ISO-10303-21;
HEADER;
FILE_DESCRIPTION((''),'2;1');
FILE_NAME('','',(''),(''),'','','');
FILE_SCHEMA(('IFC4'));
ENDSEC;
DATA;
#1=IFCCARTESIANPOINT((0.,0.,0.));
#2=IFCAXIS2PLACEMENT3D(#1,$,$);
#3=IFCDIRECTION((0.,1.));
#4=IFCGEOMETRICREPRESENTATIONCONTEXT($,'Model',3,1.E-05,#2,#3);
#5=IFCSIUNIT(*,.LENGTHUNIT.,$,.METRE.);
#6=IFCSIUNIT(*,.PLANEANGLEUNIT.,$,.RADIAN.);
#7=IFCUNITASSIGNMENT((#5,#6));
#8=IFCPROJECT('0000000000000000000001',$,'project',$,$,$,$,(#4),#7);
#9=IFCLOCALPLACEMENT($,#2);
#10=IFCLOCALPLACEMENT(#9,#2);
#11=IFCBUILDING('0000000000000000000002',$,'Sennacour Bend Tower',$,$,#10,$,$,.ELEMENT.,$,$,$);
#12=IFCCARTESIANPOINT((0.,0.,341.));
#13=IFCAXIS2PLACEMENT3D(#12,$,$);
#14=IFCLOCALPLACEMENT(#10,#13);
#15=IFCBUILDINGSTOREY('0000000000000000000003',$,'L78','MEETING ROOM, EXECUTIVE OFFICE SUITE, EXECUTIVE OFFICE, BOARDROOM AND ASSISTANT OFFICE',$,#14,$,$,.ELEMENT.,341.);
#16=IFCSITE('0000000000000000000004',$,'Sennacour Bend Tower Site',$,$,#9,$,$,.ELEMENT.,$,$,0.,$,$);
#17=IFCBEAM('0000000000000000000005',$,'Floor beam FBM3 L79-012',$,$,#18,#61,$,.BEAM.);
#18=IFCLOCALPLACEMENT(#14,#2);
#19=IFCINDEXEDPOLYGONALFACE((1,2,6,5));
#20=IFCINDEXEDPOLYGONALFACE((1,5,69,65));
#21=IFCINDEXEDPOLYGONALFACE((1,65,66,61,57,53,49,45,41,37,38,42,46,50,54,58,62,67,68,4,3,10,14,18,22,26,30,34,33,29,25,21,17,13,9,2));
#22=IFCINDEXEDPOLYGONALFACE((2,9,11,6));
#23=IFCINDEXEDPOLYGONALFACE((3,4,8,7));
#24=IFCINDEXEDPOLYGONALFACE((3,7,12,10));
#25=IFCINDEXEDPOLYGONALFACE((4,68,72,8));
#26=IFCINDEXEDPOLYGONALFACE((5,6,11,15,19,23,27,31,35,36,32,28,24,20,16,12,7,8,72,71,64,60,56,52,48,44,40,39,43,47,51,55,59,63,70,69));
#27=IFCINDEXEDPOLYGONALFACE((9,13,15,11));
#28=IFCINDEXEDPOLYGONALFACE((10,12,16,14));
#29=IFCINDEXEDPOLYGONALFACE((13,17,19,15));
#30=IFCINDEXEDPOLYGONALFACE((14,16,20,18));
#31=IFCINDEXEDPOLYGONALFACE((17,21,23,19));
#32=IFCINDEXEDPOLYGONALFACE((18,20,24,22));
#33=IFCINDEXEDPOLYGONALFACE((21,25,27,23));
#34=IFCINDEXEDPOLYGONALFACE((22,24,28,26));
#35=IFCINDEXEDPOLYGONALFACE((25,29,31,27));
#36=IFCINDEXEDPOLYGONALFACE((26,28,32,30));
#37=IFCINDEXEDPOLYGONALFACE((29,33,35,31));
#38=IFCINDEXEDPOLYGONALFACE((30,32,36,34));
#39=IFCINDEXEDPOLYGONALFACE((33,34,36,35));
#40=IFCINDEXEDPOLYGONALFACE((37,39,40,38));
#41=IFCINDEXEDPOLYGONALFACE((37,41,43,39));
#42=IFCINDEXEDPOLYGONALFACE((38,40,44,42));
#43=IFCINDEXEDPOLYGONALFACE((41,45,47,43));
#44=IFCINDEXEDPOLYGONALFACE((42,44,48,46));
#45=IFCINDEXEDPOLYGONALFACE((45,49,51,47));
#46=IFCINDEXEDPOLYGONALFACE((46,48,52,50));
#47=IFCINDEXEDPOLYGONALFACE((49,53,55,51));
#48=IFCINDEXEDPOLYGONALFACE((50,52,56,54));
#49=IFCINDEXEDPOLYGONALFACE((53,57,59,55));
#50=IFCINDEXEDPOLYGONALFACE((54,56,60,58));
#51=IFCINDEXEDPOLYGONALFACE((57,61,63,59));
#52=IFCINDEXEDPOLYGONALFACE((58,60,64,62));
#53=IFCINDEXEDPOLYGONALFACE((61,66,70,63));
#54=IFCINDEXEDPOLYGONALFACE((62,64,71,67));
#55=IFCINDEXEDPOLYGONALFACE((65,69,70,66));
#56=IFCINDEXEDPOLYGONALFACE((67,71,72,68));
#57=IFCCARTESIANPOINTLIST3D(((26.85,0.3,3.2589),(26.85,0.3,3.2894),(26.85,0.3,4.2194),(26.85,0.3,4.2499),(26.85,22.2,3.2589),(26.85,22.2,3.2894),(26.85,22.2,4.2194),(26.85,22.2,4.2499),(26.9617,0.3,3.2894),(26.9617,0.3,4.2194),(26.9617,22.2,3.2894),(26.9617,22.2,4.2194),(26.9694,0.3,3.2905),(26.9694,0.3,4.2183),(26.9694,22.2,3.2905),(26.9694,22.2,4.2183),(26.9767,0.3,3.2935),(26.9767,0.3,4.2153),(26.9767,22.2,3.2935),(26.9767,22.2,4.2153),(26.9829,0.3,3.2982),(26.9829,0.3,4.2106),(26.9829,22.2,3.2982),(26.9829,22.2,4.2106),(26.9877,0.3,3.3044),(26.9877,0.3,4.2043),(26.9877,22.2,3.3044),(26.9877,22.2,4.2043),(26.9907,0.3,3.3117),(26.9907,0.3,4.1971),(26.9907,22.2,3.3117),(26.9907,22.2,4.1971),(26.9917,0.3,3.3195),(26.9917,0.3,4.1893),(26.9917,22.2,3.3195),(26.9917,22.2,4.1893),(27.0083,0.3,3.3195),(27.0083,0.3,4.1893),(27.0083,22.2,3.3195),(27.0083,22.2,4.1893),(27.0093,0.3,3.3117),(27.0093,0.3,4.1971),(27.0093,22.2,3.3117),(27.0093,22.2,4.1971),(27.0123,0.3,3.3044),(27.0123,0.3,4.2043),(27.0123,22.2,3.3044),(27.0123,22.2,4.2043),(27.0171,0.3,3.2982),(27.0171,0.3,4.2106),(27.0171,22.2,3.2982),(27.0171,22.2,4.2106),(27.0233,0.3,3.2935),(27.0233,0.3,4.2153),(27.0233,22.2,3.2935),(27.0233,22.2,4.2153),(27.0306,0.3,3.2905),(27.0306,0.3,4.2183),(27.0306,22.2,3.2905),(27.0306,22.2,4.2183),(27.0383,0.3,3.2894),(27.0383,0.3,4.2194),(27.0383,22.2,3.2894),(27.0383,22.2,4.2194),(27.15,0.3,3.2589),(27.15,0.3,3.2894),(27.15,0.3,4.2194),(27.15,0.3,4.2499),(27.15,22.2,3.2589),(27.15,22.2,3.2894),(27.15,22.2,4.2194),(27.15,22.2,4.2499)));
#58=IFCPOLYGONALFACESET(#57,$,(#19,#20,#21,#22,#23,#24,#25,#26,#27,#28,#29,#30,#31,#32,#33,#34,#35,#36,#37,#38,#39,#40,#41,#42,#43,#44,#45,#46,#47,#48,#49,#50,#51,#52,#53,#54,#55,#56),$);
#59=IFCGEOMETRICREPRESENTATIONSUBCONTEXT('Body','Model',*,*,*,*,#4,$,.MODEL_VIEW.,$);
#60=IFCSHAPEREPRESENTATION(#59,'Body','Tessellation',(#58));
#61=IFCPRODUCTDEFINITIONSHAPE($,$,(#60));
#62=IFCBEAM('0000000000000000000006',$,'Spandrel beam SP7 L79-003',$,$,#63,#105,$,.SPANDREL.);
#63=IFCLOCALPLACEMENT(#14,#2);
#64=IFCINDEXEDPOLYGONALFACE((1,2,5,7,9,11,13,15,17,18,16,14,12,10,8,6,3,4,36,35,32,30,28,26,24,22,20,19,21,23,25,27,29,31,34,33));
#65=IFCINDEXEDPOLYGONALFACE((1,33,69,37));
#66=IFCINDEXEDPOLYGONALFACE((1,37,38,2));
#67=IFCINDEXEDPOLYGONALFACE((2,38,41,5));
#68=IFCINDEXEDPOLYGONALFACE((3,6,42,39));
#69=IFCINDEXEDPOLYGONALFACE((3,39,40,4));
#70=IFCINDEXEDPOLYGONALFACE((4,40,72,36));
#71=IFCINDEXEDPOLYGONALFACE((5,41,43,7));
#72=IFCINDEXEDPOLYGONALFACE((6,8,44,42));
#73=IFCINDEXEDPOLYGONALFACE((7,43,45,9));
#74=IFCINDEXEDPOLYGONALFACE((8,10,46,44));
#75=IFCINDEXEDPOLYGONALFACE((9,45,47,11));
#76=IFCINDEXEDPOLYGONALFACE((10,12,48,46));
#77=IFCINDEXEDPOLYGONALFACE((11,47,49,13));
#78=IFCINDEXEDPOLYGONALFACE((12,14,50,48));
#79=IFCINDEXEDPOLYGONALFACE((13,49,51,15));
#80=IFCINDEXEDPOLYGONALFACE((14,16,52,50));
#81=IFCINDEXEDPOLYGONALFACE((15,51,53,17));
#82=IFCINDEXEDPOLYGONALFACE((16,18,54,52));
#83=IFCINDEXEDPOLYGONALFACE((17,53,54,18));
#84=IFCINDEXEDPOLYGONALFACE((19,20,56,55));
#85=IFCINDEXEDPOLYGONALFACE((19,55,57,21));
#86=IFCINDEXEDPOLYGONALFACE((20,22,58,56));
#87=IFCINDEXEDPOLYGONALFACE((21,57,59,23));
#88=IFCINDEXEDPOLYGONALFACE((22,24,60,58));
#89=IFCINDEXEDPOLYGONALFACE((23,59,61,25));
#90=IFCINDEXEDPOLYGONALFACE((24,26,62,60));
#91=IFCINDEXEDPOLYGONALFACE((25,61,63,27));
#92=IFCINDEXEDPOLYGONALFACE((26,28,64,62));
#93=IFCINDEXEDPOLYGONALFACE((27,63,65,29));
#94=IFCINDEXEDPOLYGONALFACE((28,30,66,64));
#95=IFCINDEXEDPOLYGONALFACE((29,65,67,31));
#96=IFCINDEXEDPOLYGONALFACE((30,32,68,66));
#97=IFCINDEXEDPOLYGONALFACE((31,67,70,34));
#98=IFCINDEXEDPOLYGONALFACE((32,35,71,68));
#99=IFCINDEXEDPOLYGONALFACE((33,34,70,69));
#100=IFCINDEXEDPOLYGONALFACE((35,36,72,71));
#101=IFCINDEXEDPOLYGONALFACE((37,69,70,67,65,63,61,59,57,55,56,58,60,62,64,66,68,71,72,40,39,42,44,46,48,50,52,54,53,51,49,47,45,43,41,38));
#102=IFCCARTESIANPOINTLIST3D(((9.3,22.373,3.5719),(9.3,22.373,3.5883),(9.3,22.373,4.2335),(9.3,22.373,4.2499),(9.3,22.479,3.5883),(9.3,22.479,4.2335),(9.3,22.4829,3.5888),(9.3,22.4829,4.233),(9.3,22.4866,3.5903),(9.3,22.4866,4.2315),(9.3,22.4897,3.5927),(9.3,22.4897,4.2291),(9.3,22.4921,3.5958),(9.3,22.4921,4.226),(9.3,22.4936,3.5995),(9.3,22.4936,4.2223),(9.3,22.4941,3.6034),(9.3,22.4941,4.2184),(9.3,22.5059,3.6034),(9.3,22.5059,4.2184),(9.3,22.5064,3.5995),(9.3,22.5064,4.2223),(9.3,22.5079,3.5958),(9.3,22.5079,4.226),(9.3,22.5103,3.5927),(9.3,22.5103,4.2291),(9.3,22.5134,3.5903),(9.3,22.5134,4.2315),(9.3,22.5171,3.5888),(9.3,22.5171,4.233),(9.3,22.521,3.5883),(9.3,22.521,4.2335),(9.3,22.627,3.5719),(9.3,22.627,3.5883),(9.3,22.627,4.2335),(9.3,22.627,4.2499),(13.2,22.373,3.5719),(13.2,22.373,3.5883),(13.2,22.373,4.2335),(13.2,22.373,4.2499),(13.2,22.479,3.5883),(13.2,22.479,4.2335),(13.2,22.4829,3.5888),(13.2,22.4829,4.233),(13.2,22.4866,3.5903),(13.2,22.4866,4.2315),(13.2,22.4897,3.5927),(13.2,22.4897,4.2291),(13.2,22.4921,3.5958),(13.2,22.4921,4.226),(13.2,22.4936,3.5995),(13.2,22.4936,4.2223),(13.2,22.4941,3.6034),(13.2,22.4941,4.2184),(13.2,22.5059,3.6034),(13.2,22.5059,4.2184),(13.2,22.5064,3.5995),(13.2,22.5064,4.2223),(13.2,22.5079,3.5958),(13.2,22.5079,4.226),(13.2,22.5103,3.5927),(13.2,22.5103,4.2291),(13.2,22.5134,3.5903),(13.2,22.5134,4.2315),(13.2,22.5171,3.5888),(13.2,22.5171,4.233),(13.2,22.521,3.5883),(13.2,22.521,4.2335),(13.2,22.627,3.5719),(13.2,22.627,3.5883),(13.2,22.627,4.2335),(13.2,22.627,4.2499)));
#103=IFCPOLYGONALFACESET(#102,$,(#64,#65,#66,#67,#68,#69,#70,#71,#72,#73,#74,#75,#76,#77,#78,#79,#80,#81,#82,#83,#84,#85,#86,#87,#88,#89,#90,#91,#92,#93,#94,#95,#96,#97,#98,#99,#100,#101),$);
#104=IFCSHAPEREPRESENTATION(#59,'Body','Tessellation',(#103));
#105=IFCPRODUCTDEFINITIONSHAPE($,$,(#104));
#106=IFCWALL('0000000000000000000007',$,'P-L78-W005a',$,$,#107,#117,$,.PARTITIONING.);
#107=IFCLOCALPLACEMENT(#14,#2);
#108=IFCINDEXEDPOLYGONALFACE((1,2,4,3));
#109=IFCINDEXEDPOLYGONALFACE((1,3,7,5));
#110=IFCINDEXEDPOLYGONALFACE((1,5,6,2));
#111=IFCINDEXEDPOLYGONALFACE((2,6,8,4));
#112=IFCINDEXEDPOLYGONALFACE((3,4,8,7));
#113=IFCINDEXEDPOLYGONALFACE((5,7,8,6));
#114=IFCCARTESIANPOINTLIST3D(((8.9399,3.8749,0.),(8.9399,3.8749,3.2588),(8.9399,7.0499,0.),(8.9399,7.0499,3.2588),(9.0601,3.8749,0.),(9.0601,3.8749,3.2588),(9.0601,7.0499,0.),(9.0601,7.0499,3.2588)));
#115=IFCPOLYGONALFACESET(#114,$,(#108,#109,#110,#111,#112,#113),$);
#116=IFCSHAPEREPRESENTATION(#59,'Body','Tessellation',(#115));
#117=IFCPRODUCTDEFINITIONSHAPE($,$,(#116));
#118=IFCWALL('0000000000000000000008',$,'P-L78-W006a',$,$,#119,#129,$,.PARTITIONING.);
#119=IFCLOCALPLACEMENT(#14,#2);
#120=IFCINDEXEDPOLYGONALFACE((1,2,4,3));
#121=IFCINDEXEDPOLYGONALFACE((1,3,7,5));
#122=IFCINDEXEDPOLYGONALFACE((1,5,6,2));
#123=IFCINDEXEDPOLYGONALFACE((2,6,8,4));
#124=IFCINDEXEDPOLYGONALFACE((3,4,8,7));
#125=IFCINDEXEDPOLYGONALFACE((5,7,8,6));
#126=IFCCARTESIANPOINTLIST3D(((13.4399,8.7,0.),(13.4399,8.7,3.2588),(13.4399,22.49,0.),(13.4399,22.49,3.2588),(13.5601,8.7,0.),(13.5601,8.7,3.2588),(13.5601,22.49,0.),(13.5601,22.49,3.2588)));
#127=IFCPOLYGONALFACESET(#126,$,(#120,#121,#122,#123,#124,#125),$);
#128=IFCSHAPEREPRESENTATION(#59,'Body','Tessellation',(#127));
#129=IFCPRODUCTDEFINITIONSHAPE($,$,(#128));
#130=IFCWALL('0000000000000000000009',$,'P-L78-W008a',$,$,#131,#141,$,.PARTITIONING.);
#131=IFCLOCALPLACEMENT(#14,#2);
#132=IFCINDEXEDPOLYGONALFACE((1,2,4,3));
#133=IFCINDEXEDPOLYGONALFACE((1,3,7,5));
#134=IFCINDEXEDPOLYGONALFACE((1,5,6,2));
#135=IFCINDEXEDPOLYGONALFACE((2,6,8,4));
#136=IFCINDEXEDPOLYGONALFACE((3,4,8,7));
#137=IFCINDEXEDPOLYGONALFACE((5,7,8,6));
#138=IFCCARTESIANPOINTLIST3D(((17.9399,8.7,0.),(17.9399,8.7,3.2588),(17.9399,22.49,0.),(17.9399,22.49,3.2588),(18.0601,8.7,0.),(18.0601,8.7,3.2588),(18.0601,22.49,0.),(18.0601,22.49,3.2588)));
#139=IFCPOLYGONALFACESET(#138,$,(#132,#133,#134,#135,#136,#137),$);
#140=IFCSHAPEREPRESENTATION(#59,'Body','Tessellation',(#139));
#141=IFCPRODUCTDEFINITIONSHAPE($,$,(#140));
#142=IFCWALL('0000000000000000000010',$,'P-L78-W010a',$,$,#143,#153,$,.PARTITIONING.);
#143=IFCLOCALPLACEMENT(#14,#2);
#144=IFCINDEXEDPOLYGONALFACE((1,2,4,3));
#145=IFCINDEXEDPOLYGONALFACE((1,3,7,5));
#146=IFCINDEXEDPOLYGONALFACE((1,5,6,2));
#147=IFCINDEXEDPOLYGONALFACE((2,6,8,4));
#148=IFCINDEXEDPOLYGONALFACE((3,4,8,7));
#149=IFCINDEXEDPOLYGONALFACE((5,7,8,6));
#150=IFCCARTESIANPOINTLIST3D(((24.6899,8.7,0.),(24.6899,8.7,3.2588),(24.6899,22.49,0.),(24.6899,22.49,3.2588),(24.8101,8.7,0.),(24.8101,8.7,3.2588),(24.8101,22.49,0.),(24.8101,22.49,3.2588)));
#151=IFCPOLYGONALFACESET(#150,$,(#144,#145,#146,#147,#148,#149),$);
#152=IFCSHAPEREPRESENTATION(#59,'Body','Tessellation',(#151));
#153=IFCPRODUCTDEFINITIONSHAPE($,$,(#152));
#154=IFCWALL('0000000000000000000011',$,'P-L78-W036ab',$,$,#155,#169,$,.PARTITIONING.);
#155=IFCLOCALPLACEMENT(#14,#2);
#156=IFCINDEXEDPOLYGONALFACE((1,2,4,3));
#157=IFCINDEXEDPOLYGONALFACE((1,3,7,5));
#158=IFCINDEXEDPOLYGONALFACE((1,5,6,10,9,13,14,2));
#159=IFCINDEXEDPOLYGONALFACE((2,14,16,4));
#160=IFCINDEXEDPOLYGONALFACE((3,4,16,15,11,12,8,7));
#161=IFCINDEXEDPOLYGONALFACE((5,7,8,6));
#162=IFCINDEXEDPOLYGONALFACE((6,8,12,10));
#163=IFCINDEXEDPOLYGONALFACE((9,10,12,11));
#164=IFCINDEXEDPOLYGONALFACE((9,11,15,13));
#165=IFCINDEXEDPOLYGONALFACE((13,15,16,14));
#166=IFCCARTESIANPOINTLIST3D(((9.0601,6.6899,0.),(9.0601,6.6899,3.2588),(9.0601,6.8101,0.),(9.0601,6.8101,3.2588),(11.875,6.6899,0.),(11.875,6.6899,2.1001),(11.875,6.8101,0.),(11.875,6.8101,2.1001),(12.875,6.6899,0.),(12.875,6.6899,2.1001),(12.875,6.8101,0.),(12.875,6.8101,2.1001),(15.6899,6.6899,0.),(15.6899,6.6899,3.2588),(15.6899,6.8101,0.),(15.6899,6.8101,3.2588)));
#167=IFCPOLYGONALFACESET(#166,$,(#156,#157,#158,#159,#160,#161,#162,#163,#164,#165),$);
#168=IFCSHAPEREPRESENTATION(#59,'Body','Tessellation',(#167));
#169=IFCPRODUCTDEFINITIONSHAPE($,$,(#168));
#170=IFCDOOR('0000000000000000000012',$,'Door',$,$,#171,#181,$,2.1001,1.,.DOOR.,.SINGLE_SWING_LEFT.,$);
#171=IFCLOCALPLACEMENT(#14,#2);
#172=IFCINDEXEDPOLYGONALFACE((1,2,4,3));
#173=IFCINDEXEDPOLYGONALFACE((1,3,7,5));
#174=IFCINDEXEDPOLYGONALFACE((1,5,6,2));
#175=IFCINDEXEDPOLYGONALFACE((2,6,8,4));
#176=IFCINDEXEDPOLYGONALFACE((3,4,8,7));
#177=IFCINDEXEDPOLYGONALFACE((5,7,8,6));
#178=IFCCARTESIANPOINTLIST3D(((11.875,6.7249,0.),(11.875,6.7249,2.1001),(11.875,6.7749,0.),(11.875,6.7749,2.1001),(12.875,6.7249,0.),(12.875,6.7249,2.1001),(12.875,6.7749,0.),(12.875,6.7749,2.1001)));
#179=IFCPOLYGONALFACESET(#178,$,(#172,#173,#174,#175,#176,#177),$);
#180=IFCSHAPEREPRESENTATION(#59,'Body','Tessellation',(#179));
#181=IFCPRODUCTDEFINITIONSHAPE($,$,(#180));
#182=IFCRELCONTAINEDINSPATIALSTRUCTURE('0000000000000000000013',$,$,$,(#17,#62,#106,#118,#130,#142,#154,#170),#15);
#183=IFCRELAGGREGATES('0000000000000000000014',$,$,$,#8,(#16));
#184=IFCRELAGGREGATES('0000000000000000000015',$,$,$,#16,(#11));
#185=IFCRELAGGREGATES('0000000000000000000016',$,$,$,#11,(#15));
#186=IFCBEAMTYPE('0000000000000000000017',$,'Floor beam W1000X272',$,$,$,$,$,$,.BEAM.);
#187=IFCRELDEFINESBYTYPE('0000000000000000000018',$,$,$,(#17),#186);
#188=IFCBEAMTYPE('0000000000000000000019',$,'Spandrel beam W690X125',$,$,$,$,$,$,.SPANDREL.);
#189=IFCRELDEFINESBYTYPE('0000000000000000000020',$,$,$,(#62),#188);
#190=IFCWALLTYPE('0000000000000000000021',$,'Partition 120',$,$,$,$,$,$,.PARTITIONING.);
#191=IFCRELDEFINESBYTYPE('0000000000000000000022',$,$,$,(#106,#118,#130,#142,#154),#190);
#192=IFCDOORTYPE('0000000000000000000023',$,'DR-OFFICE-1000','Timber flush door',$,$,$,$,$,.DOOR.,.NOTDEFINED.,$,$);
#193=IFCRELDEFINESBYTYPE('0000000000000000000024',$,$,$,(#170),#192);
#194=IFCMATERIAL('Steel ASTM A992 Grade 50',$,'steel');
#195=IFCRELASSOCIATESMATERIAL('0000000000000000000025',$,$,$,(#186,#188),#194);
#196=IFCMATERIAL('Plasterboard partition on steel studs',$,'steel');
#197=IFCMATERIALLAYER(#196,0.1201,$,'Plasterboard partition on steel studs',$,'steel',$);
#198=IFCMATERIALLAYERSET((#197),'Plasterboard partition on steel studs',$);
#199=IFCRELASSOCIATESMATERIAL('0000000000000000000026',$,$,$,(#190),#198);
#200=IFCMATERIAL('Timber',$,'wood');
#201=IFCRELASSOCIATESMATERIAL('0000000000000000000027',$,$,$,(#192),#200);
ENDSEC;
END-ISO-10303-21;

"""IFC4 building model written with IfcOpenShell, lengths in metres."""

from ifc_helpers import new_model, si_unit, direction, frame, frame_2d, origin, origin_2d, place, context, subcontext, project, spatial, rectangle, i_section, extrude, material, layer, layer_set, material_profile, profile_set, type_object, element, fill, save


model = new_model("IFC4")

# Units and contexts
model_context = context("Model", 3, precision=1e-05, world=origin(), true_north=direction((0.0, 1.0)))
body_context = subcontext(model_context, "Body", "Model", "MODEL_VIEW")
ifc_project = project(units=[si_unit("LENGTHUNIT", "METRE"), si_unit("PLANEANGLEUNIT", "RADIAN")], contexts=[model_context])

# Site, building, storey
site_placement = place(None, origin())
site = spatial("IfcSite", under=ifc_project, at=site_placement, Name="Sennacour Bend Tower Site", CompositionType="ELEMENT", RefElevation=0.0)
building_placement = place(site_placement, origin())
building = spatial("IfcBuilding", under=site, at=building_placement, Name="Sennacour Bend Tower", CompositionType="ELEMENT")
storey_placement = place(building_placement, frame((0.0, 0.0, 341.0)))
storey = spatial("IfcBuildingStorey", under=building, at=storey_placement, Name="L78", Description="MEETING ROOM, EXECUTIVE OFFICE SUITE, EXECUTIVE OFFICE, BOARDROOM AND ASSISTANT OFFICE", CompositionType="ELEMENT", Elevation=341.0)

# Beams
ifc_material_1 = material(Name="Steel ASTM A992 Grade 50", Category="steel")
ifc_material_profile_1 = material_profile(ifc_material_1, i_section(OverallWidth=0.3, OverallDepth=0.991, WebThickness=0.0166, FlangeThickness=0.0305, FilletRadius=0.03, at=origin_2d()), Name="Steel ASTM A992 Grade 50", Category="steel")
ifc_profile_set_1 = profile_set([ifc_material_profile_1], Name="Steel ASTM A992 Grade 50")
beam_type_1 = type_object("IfcBeamType", Name="Floor beam W1000X272", PredefinedType="BEAM", material=ifc_profile_set_1)
beam_1_placement = place(storey_placement, frame((27.0, 0.3, 3.7544), z_axis=(0.0, 1.0, 0.0), x_axis=(-1.0, 0.0, 0.0)))
element("IfcBeam", 1, at=beam_1_placement, inside=storey, type_object=beam_type_1, Name="Floor beam FBM3 L79-012", PredefinedType="BEAM", context=body_context, shape_type="SweptSolid", body=[
    extrude(i_section(OverallWidth=0.3, OverallDepth=0.991, WebThickness=0.0166, FlangeThickness=0.0305, FilletRadius=0.03, at=origin_2d()), origin(), (0.0, 0.0, 1.0), 21.8999),
])
ifc_material_profile_2 = material_profile(ifc_material_1, i_section(OverallWidth=0.2539, OverallDepth=0.678, WebThickness=0.0117, FlangeThickness=0.0164, FilletRadius=0.0151, at=origin_2d()), Name="Steel ASTM A992 Grade 50", Category="steel")
ifc_profile_set_2 = profile_set([ifc_material_profile_2], Name="Steel ASTM A992 Grade 50")
beam_type_2 = type_object("IfcBeamType", Name="Spandrel beam W690X125", PredefinedType="SPANDREL", material=ifc_profile_set_2)
beam_2_placement = place(storey_placement, frame((9.3, 22.5, 3.9109), z_axis=(1.0, 0.0, 0.0), x_axis=(0.0, 1.0, 0.0)))
element("IfcBeam", 2, at=beam_2_placement, inside=storey, type_object=beam_type_2, Name="Spandrel beam SP7 L79-003", PredefinedType="SPANDREL", context=body_context, shape_type="SweptSolid", body=[
    extrude(i_section(OverallWidth=0.2539, OverallDepth=0.678, WebThickness=0.0117, FlangeThickness=0.0164, FilletRadius=0.0151, at=origin_2d()), origin(), (0.0, 0.0, 1.0), 3.8999),
])

# Walls
ifc_material_2 = material(Name="Plasterboard partition on steel studs", Category="steel")
ifc_layer = layer(ifc_material_2, 0.1201, Name="Plasterboard partition on steel studs", Category="steel")
ifc_layer_set = layer_set([ifc_layer], Name="Plasterboard partition on steel studs")
wall_type = type_object("IfcWallType", Name="Partition 120", PredefinedType="PARTITIONING", material=ifc_layer_set)
wall_1_placement = place(storey_placement, frame((9.0, 3.875, 0.0), z_axis=(0.0, 0.0, 1.0), x_axis=(0.0, 1.0, 0.0)))
element("IfcWall", 3, at=wall_1_placement, inside=storey, type_object=wall_type, Name="P-L78-W005a", PredefinedType="PARTITIONING", context=body_context, shape_type="SweptSolid", body=[
    extrude(rectangle(XDim=3.175, YDim=0.1201, at=frame_2d((1.5874, 0.0))), origin(), (0.0, 0.0, 1.0), 3.2588),
])
for number, where, z_axis, x_axis, name in (
    (4, (13.5, 8.7, 0.0), (0.0, 0.0, 1.0), (0.0, 1.0, 0.0), "P-L78-W006a"),
    (5, (18.0, 8.7, 0.0), (0.0, 0.0, 1.0), (0.0, 1.0, 0.0), "P-L78-W008a"),
    (6, (24.75, 8.7, 0.0), (0.0, 0.0, 1.0), (0.0, 1.0, 0.0), "P-L78-W010a"),
):
    element("IfcWall", number, at=place(storey_placement, frame(where, z_axis=z_axis, x_axis=x_axis)), inside=storey, type_object=wall_type, Name=name, PredefinedType="PARTITIONING", context=body_context, shape_type="SweptSolid", body=[
        extrude(rectangle(XDim=13.79, YDim=0.1201, at=frame_2d((6.895, 0.0))), origin(), (0.0, 0.0, 1.0), 3.2588),
    ])

# Wall, opening, door
wall_2_placement = place(storey_placement, frame((9.0601, 6.75, 0.0), z_axis=(0.0, 0.0, 1.0), x_axis=(1.0, 0.0, 0.0)))
wall_2 = element("IfcWall", 7, at=wall_2_placement, inside=storey, type_object=wall_type, Name="P-L78-W036ab", PredefinedType="PARTITIONING", context=body_context, shape_type="SweptSolid", body=[
    extrude(rectangle(XDim=6.6299, YDim=0.1201, at=frame_2d((3.3149, 0.0))), origin(), (0.0, 0.0, 1.0), 3.2588),
])
opening_1_placement = place(wall_2_placement, frame((2.8149, 0.0, 0.0)))
opening_1 = element("IfcOpeningElement", 8, at=opening_1_placement, cuts=wall_2, PredefinedType="OPENING", context=body_context, shape_type="SweptSolid", body=[
    extrude(rectangle(XDim=1.0, YDim=2.1001, at=frame_2d((0.5, 1.05))), frame((0.0, 0.0701, 0.0), z_axis=(0.0, -1.0, 0.0), x_axis=(1.0, 0.0, 0.0)), (0.0, 0.0, 1.0), 0.1401),
])
ifc_material_3 = material(Name="Timber", Category="wood")
door_type_1 = type_object("IfcDoorType", Name="DR-OFFICE-1000", Description="Timber flush door", OperationType="NOTDEFINED", PredefinedType="DOOR", material=ifc_material_3)
door_1_placement = place(opening_1_placement, origin())
door_1 = element("IfcDoor", 9, at=door_1_placement, inside=storey, type_object=door_type_1, Name="Door", OperationType="SINGLE_SWING_LEFT", OverallHeight=2.1001, OverallWidth=1.0, PredefinedType="DOOR", context=body_context, shape_type="SweptSolid", body=[
    extrude(rectangle(XDim=1.0, YDim=2.1001, at=frame_2d((0.5, 1.05))), frame((0.0, 0.0249, 0.0), z_axis=(0.0, -1.0, 0.0), x_axis=(1.0, 0.0, 0.0)), (0.0, 0.0, 1.0), 0.05),
])
fill(opening_1, door_1)

save(model, "model.ifc")
